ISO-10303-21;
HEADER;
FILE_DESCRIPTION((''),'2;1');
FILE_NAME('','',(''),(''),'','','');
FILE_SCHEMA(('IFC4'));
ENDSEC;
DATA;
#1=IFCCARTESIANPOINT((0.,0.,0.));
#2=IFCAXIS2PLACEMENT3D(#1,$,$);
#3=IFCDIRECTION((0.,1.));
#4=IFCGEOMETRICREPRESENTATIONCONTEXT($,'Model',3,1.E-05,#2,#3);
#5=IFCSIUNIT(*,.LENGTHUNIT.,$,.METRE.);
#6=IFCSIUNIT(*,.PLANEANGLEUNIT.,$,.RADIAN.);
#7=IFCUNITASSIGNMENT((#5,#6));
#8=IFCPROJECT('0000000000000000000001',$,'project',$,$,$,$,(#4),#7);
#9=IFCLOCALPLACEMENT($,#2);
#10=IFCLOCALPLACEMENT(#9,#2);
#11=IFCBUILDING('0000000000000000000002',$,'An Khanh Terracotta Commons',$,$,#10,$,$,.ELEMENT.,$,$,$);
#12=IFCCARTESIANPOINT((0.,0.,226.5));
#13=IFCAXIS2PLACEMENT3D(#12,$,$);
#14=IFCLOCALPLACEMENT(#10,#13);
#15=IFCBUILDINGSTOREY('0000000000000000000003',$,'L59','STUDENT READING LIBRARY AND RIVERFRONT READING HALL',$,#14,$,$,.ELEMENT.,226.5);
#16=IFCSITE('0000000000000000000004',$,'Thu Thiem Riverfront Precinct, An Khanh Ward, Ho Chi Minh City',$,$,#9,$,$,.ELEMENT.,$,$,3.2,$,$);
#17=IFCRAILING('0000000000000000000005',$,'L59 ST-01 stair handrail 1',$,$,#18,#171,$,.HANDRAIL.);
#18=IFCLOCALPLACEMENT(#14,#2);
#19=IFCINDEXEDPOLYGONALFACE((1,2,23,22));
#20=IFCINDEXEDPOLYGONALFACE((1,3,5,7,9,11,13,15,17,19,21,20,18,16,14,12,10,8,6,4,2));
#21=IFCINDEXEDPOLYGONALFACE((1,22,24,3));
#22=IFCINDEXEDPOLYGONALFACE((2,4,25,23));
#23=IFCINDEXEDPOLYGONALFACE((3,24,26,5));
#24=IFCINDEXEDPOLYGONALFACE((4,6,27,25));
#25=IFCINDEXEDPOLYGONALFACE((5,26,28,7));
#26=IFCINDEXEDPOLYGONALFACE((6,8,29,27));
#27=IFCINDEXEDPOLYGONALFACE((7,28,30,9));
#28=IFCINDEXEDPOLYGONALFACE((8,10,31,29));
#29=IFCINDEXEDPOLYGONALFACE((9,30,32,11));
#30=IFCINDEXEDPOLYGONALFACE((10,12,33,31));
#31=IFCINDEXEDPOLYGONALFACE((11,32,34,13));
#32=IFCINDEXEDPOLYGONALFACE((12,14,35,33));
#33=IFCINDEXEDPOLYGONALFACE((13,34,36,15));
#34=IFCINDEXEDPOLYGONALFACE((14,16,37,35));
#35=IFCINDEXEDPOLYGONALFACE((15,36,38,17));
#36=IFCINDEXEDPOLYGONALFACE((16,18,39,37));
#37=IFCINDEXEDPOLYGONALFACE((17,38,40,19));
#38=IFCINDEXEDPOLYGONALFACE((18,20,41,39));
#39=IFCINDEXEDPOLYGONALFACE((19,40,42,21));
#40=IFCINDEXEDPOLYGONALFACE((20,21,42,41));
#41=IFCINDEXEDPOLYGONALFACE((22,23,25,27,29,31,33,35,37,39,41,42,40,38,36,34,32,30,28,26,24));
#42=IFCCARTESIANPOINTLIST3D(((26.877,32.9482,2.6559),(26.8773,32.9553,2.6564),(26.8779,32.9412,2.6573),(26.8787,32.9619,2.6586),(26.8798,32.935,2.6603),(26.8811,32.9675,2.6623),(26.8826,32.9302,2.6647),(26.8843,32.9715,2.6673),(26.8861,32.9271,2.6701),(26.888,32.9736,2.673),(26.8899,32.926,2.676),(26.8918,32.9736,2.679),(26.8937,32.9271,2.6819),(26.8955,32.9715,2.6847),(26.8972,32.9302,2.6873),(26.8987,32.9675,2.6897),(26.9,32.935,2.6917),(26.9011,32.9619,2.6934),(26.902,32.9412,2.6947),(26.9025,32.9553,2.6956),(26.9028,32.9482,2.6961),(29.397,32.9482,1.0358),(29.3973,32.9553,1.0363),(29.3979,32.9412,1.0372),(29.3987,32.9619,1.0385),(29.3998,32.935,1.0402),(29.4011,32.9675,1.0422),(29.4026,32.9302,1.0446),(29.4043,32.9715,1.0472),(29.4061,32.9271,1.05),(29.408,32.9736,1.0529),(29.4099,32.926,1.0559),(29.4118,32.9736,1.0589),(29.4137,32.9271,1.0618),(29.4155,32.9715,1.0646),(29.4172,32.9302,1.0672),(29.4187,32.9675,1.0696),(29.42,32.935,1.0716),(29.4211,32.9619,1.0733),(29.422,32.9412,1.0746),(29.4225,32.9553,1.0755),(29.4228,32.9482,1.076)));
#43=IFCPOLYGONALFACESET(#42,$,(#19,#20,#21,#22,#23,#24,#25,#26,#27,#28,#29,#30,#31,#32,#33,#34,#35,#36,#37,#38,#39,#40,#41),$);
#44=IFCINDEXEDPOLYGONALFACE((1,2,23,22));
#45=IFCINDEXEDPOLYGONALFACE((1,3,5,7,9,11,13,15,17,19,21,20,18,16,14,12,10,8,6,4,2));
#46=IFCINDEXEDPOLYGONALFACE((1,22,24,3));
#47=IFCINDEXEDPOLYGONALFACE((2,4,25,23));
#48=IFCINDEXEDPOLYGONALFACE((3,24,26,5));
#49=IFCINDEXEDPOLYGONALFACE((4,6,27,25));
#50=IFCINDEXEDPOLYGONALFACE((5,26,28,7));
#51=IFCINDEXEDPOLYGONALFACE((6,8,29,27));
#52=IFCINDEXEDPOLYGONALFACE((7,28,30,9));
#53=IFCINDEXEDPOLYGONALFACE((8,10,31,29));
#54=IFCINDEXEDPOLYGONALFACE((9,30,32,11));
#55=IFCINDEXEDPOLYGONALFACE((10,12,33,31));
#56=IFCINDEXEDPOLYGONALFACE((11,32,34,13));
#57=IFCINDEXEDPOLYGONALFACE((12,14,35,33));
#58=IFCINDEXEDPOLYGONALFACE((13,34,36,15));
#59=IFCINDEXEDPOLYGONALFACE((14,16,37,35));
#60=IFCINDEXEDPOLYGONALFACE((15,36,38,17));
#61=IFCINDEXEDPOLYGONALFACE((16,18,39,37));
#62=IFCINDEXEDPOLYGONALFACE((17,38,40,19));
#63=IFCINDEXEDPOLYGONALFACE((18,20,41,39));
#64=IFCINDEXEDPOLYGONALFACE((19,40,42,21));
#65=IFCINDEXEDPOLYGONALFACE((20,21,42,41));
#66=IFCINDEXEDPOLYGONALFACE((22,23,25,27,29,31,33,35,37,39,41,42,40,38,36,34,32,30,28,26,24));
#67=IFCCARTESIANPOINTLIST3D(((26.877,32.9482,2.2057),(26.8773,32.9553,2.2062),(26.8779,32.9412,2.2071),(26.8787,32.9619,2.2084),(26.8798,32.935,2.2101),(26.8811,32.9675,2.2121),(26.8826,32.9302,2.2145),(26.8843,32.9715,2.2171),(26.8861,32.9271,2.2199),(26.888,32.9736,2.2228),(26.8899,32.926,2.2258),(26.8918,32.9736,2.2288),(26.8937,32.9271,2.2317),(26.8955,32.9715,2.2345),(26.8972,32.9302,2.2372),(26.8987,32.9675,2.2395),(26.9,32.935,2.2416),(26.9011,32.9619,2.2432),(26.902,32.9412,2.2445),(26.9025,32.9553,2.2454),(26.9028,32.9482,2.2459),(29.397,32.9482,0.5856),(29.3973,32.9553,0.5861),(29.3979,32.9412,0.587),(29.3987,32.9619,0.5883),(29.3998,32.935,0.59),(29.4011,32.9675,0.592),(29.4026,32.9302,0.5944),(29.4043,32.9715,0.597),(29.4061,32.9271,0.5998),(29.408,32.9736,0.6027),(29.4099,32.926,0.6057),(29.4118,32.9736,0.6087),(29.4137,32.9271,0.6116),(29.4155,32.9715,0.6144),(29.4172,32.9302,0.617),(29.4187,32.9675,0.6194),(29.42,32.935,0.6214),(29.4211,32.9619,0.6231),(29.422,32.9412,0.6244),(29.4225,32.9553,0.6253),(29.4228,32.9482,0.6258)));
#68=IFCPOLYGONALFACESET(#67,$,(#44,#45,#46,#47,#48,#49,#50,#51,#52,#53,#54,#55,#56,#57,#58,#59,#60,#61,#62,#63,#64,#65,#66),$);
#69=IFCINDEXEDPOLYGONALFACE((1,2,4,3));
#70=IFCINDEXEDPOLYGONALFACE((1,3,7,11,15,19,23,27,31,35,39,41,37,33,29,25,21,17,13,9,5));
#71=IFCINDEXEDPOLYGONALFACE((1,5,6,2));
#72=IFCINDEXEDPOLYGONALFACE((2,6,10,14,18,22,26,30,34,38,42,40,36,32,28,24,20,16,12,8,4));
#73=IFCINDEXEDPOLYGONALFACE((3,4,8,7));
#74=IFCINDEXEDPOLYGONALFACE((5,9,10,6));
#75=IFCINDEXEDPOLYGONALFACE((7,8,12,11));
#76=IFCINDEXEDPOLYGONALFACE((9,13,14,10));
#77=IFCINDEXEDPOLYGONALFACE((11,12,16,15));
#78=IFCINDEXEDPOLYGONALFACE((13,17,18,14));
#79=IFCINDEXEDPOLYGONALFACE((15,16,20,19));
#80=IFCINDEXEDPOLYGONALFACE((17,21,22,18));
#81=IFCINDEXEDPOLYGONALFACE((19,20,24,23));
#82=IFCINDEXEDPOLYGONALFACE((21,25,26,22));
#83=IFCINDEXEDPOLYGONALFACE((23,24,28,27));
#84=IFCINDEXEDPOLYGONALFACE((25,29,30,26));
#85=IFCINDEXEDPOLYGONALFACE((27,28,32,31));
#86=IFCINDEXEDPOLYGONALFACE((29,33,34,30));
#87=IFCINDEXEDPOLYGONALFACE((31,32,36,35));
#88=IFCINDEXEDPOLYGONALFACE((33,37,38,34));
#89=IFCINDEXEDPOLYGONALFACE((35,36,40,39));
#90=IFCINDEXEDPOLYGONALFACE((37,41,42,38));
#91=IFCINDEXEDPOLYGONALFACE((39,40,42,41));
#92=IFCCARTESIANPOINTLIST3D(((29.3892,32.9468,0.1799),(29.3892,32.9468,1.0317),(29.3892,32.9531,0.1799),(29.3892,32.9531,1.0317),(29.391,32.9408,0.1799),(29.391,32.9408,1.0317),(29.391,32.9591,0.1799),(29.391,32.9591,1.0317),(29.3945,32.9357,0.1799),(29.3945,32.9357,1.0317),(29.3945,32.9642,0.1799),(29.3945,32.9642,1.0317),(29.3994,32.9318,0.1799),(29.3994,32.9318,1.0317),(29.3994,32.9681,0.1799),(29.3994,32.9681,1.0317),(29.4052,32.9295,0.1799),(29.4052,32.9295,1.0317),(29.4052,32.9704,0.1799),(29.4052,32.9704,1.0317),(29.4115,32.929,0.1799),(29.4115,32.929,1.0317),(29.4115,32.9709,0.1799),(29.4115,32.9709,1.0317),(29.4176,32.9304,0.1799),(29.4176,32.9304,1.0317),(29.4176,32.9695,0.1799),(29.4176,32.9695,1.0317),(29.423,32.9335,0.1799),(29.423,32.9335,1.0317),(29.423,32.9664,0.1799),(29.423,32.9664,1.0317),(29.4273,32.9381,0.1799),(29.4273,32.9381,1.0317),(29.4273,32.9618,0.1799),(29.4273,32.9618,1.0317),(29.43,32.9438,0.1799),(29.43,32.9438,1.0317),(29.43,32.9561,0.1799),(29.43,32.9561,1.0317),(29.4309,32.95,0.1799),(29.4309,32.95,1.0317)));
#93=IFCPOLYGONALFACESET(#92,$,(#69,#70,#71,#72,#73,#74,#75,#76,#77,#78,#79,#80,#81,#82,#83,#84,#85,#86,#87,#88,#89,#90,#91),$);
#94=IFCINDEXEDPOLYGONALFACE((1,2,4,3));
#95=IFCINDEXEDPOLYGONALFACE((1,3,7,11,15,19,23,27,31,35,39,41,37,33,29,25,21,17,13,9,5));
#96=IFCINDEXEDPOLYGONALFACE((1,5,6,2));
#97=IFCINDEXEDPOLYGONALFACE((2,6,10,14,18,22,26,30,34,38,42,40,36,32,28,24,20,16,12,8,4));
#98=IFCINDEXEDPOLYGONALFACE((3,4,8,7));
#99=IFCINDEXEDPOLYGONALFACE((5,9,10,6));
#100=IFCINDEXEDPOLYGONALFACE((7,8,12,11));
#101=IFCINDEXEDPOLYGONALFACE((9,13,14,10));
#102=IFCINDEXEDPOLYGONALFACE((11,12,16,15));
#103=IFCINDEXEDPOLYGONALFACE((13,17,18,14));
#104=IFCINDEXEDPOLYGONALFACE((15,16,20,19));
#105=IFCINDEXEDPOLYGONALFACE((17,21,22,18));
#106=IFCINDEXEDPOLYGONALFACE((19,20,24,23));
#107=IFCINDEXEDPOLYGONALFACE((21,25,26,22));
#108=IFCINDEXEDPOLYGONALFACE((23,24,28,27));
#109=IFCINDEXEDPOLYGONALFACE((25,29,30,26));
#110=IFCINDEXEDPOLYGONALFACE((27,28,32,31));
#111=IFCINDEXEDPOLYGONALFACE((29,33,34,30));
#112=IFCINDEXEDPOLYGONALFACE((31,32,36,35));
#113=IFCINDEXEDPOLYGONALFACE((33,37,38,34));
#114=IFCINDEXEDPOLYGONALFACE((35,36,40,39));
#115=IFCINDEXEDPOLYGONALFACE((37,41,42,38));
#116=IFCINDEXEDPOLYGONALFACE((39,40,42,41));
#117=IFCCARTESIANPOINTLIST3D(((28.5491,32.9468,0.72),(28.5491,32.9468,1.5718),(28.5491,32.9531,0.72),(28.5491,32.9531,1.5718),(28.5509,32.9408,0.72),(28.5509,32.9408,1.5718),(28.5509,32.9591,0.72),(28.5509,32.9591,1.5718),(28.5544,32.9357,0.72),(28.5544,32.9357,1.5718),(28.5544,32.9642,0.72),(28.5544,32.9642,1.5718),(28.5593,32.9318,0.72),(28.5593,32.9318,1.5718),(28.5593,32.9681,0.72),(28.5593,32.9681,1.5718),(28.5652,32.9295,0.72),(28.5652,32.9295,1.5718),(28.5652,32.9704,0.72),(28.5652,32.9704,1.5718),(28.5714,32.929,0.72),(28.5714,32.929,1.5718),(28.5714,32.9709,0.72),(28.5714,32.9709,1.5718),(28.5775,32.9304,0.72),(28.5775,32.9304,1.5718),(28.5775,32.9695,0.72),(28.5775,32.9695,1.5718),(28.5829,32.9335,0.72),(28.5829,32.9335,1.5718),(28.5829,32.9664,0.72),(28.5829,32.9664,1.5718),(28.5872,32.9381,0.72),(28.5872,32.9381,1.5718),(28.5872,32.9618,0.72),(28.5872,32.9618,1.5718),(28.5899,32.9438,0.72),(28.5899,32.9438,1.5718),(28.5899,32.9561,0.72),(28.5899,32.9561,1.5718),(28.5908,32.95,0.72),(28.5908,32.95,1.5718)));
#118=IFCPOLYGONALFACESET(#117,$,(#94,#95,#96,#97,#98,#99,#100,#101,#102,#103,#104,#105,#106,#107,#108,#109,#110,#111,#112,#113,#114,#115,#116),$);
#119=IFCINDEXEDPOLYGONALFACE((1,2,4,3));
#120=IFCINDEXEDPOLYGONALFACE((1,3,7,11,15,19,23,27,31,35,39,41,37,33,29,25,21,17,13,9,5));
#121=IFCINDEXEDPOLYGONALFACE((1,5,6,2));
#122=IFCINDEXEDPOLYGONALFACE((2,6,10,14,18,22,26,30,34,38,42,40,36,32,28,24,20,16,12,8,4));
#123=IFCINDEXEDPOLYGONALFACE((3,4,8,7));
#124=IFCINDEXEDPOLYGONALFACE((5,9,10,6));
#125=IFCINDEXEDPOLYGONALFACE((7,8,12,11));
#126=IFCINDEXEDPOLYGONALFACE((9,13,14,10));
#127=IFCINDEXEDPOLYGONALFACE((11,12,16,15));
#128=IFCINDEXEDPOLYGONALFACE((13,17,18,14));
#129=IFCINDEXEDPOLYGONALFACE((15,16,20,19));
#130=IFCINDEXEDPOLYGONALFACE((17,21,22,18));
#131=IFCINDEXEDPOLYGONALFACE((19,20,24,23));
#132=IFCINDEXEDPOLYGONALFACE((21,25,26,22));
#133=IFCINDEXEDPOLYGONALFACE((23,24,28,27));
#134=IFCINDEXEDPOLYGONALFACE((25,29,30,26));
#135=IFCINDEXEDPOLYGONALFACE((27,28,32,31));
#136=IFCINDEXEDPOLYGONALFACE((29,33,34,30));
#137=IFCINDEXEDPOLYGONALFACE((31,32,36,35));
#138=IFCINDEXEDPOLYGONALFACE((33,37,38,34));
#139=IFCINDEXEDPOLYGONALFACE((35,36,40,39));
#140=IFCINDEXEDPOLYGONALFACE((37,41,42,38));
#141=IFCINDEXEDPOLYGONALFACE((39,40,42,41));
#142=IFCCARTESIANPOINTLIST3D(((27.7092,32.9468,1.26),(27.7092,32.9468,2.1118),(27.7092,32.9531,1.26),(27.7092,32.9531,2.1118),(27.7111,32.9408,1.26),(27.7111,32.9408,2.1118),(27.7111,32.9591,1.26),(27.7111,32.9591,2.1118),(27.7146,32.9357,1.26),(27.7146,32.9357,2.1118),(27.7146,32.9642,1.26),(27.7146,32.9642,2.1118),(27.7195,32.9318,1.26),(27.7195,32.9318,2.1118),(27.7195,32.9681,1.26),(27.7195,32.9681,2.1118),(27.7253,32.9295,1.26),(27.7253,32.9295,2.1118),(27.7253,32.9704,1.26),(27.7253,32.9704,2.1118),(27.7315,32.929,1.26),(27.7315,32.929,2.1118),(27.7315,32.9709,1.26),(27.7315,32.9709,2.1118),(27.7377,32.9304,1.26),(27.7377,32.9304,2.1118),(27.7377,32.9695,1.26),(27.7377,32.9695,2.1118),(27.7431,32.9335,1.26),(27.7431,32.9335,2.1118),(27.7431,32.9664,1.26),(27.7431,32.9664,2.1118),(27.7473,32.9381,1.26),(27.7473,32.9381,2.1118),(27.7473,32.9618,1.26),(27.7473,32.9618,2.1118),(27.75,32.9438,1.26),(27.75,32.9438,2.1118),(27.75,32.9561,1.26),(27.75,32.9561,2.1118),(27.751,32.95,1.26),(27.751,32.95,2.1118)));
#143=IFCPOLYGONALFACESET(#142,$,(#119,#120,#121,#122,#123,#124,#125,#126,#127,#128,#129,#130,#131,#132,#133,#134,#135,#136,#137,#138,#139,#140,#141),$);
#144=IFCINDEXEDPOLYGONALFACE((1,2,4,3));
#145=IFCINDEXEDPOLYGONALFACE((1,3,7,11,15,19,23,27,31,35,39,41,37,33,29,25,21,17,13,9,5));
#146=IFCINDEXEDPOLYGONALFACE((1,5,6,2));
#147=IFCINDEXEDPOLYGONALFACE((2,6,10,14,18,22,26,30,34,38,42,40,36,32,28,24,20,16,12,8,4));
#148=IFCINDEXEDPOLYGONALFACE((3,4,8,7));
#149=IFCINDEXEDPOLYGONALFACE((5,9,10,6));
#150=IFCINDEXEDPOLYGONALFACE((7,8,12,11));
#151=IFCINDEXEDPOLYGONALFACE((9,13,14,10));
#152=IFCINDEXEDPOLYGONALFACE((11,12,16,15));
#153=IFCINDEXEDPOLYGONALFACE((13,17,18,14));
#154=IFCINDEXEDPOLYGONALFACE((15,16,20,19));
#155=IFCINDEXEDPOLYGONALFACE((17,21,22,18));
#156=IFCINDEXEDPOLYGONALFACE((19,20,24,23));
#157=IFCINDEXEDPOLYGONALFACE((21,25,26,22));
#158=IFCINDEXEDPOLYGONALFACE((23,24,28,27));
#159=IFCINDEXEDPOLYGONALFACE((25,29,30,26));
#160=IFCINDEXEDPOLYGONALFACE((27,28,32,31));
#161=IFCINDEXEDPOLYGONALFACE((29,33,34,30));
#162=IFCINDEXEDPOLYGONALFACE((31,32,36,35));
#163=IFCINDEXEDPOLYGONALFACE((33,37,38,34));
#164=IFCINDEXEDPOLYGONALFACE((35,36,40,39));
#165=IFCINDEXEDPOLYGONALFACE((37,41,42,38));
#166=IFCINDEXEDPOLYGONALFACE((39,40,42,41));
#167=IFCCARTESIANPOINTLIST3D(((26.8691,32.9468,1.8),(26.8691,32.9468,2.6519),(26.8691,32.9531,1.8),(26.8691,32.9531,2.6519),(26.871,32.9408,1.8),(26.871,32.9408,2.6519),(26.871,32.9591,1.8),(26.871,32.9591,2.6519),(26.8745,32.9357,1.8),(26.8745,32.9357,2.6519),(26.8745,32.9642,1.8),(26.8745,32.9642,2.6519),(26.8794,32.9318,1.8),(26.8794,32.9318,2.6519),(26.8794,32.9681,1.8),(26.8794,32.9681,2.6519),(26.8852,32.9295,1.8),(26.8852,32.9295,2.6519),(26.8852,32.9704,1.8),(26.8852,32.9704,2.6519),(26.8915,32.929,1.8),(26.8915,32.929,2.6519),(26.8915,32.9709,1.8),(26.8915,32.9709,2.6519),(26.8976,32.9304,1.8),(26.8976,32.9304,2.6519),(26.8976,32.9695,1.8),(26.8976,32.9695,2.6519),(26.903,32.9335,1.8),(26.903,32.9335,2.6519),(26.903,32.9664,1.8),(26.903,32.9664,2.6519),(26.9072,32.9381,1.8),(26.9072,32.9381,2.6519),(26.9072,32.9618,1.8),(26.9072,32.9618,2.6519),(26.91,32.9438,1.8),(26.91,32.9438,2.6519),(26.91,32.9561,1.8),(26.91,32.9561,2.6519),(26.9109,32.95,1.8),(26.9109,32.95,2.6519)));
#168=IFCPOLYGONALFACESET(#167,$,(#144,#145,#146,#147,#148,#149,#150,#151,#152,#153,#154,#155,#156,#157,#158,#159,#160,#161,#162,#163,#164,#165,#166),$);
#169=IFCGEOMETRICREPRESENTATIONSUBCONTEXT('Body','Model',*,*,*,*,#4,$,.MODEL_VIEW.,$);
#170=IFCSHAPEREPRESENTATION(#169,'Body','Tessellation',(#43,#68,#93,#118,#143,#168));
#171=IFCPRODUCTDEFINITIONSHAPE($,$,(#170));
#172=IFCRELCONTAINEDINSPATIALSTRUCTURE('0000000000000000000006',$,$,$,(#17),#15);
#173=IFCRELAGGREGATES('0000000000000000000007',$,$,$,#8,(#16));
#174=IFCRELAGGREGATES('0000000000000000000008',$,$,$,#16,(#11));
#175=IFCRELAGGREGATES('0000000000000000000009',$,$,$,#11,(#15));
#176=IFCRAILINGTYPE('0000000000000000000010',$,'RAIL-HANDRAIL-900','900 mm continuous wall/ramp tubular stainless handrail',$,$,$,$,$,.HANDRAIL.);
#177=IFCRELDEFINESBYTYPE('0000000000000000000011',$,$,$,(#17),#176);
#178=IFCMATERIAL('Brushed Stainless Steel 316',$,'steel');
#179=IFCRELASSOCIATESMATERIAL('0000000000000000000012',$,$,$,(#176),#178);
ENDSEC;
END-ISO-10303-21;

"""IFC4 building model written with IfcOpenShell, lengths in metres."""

from ifc_helpers import new_model, si_unit, direction, frame, origin, origin_2d, place, context, subcontext, project, spatial, circle, extrude, material, type_object, element, save


model = new_model("IFC4")

# Units and contexts
model_context = context("Model", 3, precision=1e-05, world=origin(), true_north=direction((0.0, 1.0)))
body_context = subcontext(model_context, "Body", "Model", "MODEL_VIEW")
ifc_project = project(units=[si_unit("LENGTHUNIT", "METRE"), si_unit("PLANEANGLEUNIT", "RADIAN")], contexts=[model_context])

# Site, building, storey
site_placement = place(None, origin())
site = spatial("IfcSite", under=ifc_project, at=site_placement, Name="Thu Thiem Riverfront Precinct, An Khanh Ward, Ho Chi Minh City", CompositionType="ELEMENT", RefElevation=3.2)
building_placement = place(site_placement, origin())
building = spatial("IfcBuilding", under=site, at=building_placement, Name="An Khanh Terracotta Commons", CompositionType="ELEMENT")
storey_placement = place(building_placement, frame((0.0, 0.0, 226.5)))
storey = spatial("IfcBuildingStorey", under=building, at=storey_placement, Name="L59", Description="STUDENT READING LIBRARY AND RIVERFRONT READING HALL", CompositionType="ELEMENT", Elevation=226.5)

# Railing
ifc_material_1 = material(Name="Brushed Stainless Steel 316", Category="steel")
railing_type_1 = type_object("IfcRailingType", Name="RAIL-HANDRAIL-900", Description="900 mm continuous wall/ramp tubular stainless handrail", PredefinedType="HANDRAIL", material=ifc_material_1)
railing_1_placement = place(storey_placement, frame((29.4099, 32.95, 0.1799)))
element("IfcRailing", 1, at=railing_1_placement, inside=storey, type_object=railing_type_1, Name="L59 ST-01 stair handrail 1", PredefinedType="HANDRAIL", context=body_context, shape_type="SweptSolid", body=[
    extrude(circle(Radius=0.0239, at=origin_2d()), frame((0.0, 0.0, 0.876), z_axis=(-0.841163, 0.0, 0.540782), x_axis=(0.0, -1.0, 0.0)), (0.0, 0.0, 1.0), 2.9958),
    extrude(circle(Radius=0.0239, at=origin_2d()), frame((0.0, 0.0, 0.4258), z_axis=(-0.841163, 0.0, 0.540782), x_axis=(0.0, -1.0, 0.0)), (0.0, 0.0, 1.0), 2.9958),
    extrude(circle(Radius=0.021, at=origin_2d()), origin(), (0.0, 0.0, 1.0), 0.8518),
    extrude(circle(Radius=0.021, at=origin_2d()), frame((-0.8401, 0.0, 0.54)), (0.0, 0.0, 1.0), 0.8518),
    extrude(circle(Radius=0.021, at=origin_2d()), frame((-1.6799, 0.0, 1.0801)), (0.0, 0.0, 1.0), 0.8518),
    extrude(circle(Radius=0.021, at=origin_2d()), frame((-2.52, 0.0, 1.6201)), (0.0, 0.0, 1.0), 0.8518),
])

save(model, "model.ifc")
